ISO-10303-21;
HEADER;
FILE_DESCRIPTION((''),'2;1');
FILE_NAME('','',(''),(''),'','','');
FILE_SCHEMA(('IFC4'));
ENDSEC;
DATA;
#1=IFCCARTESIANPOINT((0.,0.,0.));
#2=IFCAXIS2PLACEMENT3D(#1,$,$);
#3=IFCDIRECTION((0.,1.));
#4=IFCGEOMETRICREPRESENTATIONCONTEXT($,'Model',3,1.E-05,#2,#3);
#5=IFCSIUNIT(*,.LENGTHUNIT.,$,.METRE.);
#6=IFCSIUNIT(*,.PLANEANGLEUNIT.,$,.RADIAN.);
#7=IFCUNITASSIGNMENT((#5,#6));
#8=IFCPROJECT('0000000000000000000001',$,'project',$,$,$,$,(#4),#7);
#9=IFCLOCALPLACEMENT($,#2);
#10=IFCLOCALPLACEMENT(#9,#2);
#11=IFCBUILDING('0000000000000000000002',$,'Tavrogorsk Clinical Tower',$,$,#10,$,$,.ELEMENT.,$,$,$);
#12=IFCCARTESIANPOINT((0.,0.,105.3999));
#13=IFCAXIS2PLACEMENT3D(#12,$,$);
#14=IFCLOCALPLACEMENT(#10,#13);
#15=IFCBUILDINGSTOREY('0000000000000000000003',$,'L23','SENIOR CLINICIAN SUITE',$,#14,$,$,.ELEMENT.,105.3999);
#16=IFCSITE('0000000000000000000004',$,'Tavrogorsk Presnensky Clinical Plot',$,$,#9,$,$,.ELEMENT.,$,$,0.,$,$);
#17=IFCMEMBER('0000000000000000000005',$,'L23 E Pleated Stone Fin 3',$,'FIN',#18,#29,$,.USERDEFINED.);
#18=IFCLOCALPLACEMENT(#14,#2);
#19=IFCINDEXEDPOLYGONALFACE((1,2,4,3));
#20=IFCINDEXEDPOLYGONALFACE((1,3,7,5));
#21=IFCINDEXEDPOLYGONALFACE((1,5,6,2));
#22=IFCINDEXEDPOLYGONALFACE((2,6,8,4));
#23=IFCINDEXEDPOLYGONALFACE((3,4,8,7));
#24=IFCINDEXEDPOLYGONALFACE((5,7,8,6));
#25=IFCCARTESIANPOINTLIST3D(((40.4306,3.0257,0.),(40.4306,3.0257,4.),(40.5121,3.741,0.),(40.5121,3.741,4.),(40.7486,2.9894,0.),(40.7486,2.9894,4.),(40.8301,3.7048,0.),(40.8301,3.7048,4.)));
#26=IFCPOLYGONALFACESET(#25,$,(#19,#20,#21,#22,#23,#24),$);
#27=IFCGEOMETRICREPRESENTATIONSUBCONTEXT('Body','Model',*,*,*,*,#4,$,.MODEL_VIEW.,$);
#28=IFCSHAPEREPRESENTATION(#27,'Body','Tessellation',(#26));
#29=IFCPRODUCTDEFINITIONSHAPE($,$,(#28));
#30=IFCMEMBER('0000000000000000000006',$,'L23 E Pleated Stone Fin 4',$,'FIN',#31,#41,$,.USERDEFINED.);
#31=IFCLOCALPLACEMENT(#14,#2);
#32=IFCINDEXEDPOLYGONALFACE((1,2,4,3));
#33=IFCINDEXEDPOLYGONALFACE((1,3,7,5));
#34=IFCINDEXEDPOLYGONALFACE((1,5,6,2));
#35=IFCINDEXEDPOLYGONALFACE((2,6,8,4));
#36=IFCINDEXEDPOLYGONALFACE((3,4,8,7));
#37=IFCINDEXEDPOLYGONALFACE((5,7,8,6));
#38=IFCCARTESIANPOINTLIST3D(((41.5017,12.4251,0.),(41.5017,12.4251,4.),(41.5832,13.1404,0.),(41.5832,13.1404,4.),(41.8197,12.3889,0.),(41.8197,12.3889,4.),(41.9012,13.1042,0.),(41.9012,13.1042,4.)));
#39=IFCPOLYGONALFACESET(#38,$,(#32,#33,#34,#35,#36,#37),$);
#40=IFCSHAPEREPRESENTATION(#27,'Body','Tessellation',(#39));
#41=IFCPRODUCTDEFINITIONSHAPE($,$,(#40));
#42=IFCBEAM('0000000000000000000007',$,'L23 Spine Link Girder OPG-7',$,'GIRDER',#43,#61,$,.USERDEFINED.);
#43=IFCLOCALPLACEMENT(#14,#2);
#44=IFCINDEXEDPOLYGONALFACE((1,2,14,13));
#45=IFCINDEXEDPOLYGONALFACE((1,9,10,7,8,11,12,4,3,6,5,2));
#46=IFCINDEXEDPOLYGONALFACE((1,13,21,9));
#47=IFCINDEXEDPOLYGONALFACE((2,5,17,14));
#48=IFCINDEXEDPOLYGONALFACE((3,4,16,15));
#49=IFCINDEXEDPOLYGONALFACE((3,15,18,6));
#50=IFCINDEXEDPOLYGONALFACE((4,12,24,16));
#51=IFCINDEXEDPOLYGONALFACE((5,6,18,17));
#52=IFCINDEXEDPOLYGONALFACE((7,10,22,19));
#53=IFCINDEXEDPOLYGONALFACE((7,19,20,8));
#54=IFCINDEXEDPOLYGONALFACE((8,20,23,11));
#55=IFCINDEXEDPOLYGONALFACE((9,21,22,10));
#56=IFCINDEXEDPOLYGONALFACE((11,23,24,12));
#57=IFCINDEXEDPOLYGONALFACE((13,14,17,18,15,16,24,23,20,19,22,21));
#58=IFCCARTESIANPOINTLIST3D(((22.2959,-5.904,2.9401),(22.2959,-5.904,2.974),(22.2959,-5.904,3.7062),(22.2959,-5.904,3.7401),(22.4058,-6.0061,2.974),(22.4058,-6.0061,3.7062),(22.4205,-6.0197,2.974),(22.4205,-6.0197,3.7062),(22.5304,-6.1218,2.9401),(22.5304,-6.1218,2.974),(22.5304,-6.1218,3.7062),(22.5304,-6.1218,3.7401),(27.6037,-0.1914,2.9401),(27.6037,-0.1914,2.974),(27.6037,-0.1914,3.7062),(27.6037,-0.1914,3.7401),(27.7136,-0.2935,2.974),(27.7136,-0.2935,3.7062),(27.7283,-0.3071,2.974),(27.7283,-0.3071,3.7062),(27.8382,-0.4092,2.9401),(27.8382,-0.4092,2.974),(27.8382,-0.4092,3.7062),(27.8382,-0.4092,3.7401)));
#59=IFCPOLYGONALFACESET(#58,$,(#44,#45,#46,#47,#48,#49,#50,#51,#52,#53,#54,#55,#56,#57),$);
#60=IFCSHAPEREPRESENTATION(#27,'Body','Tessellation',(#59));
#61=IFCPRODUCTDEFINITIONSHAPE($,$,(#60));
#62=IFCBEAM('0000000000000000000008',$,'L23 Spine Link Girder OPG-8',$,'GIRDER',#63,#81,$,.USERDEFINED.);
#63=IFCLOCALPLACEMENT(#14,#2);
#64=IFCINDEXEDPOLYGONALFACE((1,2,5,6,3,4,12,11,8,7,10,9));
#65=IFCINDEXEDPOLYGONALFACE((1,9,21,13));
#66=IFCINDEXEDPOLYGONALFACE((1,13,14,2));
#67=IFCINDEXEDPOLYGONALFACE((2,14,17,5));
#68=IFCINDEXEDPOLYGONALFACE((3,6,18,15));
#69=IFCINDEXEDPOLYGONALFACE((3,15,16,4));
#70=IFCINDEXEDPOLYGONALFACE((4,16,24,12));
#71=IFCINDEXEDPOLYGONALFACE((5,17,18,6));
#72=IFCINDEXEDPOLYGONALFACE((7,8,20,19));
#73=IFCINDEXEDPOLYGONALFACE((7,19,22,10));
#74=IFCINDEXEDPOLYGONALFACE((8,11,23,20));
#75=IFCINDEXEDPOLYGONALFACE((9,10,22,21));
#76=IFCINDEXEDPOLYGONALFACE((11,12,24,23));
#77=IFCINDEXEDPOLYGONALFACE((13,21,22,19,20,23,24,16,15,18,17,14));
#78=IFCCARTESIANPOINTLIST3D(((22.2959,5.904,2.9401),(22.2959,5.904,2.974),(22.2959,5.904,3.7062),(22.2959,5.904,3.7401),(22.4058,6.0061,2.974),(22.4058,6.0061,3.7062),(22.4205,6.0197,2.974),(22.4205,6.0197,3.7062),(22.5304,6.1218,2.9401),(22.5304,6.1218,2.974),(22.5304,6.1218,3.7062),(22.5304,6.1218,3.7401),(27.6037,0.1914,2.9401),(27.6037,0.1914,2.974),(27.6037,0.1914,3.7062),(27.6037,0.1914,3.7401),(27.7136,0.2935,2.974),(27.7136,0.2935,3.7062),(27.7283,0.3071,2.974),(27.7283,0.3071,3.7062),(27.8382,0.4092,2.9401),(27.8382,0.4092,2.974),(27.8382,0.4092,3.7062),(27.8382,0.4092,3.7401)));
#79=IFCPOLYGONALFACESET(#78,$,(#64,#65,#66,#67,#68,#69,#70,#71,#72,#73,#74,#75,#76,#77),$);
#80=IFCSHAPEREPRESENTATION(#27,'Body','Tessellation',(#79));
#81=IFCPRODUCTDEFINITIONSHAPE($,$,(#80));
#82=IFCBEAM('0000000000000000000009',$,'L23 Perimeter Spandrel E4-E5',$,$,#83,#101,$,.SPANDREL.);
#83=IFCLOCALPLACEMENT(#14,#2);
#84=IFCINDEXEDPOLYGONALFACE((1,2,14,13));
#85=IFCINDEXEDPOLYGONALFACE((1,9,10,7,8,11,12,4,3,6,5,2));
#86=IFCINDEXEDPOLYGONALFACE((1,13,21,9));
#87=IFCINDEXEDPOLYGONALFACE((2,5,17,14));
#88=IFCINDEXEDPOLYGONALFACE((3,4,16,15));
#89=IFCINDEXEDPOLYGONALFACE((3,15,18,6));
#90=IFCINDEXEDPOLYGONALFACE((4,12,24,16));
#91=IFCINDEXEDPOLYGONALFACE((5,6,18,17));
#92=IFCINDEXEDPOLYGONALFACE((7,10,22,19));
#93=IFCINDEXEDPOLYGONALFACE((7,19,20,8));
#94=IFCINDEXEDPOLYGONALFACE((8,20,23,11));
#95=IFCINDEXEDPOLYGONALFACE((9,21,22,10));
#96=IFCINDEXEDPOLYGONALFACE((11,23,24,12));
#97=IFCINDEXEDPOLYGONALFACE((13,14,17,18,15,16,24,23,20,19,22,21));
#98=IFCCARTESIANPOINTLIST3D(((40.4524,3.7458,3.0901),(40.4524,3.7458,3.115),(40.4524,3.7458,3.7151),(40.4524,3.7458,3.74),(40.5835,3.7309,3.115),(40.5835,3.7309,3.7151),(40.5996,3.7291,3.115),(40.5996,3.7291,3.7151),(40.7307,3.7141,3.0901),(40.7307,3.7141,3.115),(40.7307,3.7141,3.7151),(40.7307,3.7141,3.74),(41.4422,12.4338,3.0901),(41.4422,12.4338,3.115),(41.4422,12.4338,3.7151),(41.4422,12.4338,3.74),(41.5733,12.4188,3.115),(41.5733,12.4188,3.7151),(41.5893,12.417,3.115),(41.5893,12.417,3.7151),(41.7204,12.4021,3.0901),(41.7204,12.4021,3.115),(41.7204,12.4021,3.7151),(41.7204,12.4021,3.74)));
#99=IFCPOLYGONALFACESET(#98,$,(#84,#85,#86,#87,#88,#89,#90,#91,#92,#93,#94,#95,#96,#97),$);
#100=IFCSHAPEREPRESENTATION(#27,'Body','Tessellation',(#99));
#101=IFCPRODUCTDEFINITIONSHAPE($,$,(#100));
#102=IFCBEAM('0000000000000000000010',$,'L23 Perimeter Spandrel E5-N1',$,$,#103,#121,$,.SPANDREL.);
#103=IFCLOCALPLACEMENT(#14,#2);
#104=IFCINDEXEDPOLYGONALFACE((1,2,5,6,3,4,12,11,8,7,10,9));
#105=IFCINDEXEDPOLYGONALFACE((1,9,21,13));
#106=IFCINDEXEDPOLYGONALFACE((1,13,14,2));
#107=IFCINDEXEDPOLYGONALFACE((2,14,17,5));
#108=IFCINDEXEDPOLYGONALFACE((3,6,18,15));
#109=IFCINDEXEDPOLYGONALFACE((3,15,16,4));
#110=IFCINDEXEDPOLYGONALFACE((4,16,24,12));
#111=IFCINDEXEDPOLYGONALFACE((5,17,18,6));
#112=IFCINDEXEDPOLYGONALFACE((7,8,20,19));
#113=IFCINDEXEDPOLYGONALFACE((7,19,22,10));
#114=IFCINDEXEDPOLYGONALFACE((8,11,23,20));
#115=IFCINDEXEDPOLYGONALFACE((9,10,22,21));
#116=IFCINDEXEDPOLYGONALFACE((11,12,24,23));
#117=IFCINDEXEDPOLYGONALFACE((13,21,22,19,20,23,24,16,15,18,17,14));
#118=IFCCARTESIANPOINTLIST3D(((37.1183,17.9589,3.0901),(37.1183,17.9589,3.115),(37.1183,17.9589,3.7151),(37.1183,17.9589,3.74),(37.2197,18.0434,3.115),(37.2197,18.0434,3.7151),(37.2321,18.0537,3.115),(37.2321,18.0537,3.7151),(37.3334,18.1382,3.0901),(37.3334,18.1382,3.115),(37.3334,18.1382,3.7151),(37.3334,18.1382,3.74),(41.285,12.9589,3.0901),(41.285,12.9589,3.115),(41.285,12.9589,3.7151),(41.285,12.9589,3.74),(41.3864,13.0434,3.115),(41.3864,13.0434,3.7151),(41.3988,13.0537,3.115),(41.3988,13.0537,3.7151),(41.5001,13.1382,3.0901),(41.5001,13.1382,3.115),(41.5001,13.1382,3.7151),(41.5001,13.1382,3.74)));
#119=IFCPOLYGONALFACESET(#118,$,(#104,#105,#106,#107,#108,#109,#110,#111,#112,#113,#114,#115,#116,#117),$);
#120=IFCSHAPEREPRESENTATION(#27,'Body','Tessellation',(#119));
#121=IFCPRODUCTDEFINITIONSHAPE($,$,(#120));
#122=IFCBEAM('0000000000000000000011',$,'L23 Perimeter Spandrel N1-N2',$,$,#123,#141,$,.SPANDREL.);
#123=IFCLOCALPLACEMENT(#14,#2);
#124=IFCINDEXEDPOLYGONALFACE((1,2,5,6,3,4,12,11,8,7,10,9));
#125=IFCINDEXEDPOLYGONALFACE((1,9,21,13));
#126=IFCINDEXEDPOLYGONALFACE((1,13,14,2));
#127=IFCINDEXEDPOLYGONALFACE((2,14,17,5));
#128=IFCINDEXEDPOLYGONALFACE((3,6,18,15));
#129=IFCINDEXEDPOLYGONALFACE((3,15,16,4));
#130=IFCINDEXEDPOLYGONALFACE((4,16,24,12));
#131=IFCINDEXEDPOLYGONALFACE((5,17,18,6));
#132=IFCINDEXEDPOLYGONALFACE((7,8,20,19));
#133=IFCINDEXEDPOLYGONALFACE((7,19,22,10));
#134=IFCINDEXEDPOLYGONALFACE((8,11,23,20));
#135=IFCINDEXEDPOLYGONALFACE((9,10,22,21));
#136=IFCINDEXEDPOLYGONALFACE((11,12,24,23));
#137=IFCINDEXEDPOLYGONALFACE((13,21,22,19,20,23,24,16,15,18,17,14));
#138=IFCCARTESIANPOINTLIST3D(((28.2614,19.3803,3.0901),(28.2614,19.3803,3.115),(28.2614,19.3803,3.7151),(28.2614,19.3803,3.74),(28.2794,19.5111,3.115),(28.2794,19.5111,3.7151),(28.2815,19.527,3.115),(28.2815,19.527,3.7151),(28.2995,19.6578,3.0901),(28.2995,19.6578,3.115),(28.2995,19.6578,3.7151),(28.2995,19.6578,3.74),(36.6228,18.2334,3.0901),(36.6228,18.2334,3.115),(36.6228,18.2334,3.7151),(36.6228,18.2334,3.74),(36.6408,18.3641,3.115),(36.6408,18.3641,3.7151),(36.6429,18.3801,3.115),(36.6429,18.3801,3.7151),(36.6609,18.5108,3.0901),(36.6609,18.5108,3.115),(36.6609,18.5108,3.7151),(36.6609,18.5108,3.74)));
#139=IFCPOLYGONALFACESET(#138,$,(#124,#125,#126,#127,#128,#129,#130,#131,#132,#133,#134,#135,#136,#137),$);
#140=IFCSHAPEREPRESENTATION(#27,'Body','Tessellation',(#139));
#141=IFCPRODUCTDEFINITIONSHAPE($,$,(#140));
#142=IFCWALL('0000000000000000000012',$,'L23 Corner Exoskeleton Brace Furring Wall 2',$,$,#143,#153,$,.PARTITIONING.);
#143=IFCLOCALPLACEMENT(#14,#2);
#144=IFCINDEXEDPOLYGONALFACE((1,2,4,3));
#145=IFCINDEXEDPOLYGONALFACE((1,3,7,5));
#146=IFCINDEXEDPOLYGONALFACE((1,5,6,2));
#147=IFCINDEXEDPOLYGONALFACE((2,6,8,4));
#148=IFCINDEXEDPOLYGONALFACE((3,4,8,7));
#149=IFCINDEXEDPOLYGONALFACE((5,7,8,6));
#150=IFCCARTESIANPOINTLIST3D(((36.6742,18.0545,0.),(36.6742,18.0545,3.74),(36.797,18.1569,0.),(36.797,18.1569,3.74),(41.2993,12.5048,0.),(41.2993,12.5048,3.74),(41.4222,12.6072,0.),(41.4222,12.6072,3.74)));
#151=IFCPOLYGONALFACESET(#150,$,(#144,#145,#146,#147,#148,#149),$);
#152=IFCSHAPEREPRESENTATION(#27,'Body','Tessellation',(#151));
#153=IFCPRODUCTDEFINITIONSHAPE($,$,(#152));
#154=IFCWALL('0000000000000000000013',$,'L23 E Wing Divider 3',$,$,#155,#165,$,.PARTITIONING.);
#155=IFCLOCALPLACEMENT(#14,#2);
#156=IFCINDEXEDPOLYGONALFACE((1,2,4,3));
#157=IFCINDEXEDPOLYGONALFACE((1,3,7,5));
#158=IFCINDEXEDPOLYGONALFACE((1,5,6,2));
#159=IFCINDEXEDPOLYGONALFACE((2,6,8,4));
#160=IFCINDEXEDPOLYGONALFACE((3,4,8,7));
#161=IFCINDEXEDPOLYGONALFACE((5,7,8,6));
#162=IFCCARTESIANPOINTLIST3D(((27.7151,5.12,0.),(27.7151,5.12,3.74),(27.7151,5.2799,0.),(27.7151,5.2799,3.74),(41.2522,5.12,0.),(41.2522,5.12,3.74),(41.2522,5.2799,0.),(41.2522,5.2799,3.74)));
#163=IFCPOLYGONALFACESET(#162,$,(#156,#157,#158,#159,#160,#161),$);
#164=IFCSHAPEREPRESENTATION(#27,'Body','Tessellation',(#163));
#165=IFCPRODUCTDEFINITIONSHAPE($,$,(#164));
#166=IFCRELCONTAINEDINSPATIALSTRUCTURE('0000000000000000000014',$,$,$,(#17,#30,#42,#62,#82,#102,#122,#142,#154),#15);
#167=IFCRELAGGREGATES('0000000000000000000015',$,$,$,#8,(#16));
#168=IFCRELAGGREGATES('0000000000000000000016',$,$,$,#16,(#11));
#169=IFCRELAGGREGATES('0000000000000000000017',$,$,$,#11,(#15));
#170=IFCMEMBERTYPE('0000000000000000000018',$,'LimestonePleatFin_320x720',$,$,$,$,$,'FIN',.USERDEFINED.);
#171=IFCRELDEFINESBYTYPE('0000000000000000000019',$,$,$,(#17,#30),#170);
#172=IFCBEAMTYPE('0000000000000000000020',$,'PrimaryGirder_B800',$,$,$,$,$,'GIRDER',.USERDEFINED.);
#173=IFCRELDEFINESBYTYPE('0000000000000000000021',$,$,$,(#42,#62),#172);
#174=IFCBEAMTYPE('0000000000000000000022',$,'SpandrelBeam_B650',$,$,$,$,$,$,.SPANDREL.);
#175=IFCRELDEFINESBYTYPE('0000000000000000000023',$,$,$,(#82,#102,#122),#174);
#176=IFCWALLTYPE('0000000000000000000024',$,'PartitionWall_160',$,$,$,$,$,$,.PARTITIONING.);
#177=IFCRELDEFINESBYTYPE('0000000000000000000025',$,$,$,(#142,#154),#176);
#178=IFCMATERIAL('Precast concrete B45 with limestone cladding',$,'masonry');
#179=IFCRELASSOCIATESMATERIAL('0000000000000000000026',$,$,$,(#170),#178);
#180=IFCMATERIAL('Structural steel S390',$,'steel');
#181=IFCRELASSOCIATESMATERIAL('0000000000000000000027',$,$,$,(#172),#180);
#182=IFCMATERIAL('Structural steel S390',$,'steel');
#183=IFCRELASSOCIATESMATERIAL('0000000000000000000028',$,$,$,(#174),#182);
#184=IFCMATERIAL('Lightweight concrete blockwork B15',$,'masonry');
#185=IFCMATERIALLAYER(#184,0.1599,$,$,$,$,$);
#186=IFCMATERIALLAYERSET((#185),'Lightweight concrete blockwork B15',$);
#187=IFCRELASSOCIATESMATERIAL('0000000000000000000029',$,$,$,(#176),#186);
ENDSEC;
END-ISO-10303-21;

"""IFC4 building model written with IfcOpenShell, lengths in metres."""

from ifc_helpers import new_model, si_unit, direction, frame, frame_2d, origin, origin_2d, place, context, subcontext, project, spatial, rectangle, i_section, extrude, material, layer, layer_set, material_profile, profile_set, type_object, element, save


model = new_model("IFC4")

# Units and contexts
model_context = context("Model", 3, precision=1e-05, world=origin(), true_north=direction((0.0, 1.0)))
body_context = subcontext(model_context, "Body", "Model", "MODEL_VIEW")
ifc_project = project(units=[si_unit("LENGTHUNIT", "METRE"), si_unit("PLANEANGLEUNIT", "RADIAN")], contexts=[model_context])

# Site, building, storey
site_placement = place(None, origin())
site = spatial("IfcSite", under=ifc_project, at=site_placement, Name="Tavrogorsk Presnensky Clinical Plot", CompositionType="ELEMENT", RefElevation=0.0)
building_placement = place(site_placement, origin())
building = spatial("IfcBuilding", under=site, at=building_placement, Name="Tavrogorsk Clinical Tower", CompositionType="ELEMENT")
storey_placement = place(building_placement, frame((0.0, 0.0, 105.3999)))
storey = spatial("IfcBuildingStorey", under=building, at=storey_placement, Name="L23", Description="SENIOR CLINICIAN SUITE", CompositionType="ELEMENT", Elevation=105.3999)

# Members
ifc_material_1 = material(Name="Precast concrete B45 with limestone cladding", Category="masonry")
ifc_material_profile_1 = material_profile(ifc_material_1, rectangle(XDim=0.3201, YDim=0.72, at=origin_2d()), Name="LIMESTONE-FIN-320x720")
ifc_profile_set_1 = profile_set([ifc_material_profile_1], Name="Precast concrete B45 with limestone cladding")
member_type_1 = type_object("IfcMemberType", Name="LimestonePleatFin_320x720", ElementType="FIN", PredefinedType="USERDEFINED", material=ifc_profile_set_1)
for number, where, z_axis, x_axis, name in (
    (1, (40.6304, 3.3652, 0.0), (0.0, 0.0, 1.0), (0.993572, -0.113203, 0.0), "L23 E Pleated Stone Fin 3"),
    (2, (41.7014, 12.7646, 0.0), (0.0, 0.0, 1.0), (0.993572, -0.113203, 0.0), "L23 E Pleated Stone Fin 4"),
):
    element("IfcMember", number, at=place(storey_placement, frame(where, z_axis=z_axis, x_axis=x_axis)), inside=storey, type_object=member_type_1, Name=name, ObjectType="FIN", PredefinedType="USERDEFINED", context=body_context, shape_type="SweptSolid", body=[
        extrude(rectangle(XDim=0.3201, YDim=0.72, at=origin_2d()), origin(), (0.0, 0.0, 1.0), 4.0),
    ])

# Beams
ifc_material_2 = material(Name="Structural steel S390", Category="steel")
ifc_material_profile_2 = material_profile(ifc_material_2, i_section(OverallWidth=0.3201, OverallDepth=0.8, WebThickness=0.02, FlangeThickness=0.0339, at=origin_2d()), Name="B-800x320x20x34")
ifc_profile_set_2 = profile_set([ifc_material_profile_2], Name="Structural steel S390")
beam_type_1 = type_object("IfcBeamType", Name="PrimaryGirder_B800", ElementType="GIRDER", PredefinedType="USERDEFINED", material=ifc_profile_set_2)
for number, where, z_axis, x_axis, name in (
    (3, (27.7209, -0.3003, 3.3401), (-0.680676, -0.732585, 0.0), (0.732585, -0.680676, 0.0), "L23 Spine Link Girder OPG-7"),
    (4, (27.7209, 0.3003, 3.3401), (-0.680676, 0.732585, 0.0), (-0.732585, -0.680676, 0.0), "L23 Spine Link Girder OPG-8"),
):
    element("IfcBeam", number, at=place(storey_placement, frame(where, z_axis=z_axis, x_axis=x_axis)), inside=storey, type_object=beam_type_1, Name=name, ObjectType="GIRDER", PredefinedType="USERDEFINED", context=body_context, shape_type="SweptSolid", body=[
        extrude(i_section(OverallWidth=0.3201, OverallDepth=0.8, WebThickness=0.02, FlangeThickness=0.0339, at=origin_2d()), origin(), (0.0, 0.0, 1.0), 7.7979),
    ])
ifc_material_3 = material(Name="Structural steel S390", Category="steel")
ifc_material_profile_3 = material_profile(ifc_material_3, i_section(OverallWidth=0.28, OverallDepth=0.6499, WebThickness=0.0161, FlangeThickness=0.0249, at=origin_2d()), Name="B-650x280x16x25")
ifc_profile_set_3 = profile_set([ifc_material_profile_3], Name="Structural steel S390")
beam_type_2 = type_object("IfcBeamType", Name="SpandrelBeam_B650", PredefinedType="SPANDREL", material=ifc_profile_set_3)
beam_1_placement = place(storey_placement, frame((40.5916, 3.73, 3.415), z_axis=(0.113189, 0.993573, 0.0), x_axis=(-0.993573, 0.113189, 0.0)))
element("IfcBeam", 5, at=beam_1_placement, inside=storey, type_object=beam_type_2, Name="L23 Perimeter Spandrel E4-E5", PredefinedType="SPANDREL", context=body_context, shape_type="SweptSolid", body=[
    extrude(i_section(OverallWidth=0.28, OverallDepth=0.6499, WebThickness=0.0161, FlangeThickness=0.0249, at=origin_2d()), origin(), (0.0, 0.0, 1.0), 8.7441),
])
beam_2_placement = place(storey_placement, frame((41.3926, 13.0486, 3.415), z_axis=(-0.640192, 0.768215, 0.0), x_axis=(-0.768215, -0.640192, 0.0)))
element("IfcBeam", 6, at=beam_2_placement, inside=storey, type_object=beam_type_2, Name="L23 Perimeter Spandrel E5-N1", PredefinedType="SPANDREL", context=body_context, shape_type="SweptSolid", body=[
    extrude(i_section(OverallWidth=0.28, OverallDepth=0.6499, WebThickness=0.0161, FlangeThickness=0.0249, at=origin_2d()), origin(), (0.0, 0.0, 1.0), 6.5085),
])
beam_3_placement = place(storey_placement, frame((36.6418, 18.3721, 3.415), z_axis=(-0.990722, 0.135903, 0.0), x_axis=(-0.135903, -0.990722, 0.0)))
element("IfcBeam", 7, at=beam_3_placement, inside=storey, type_object=beam_type_2, Name="L23 Perimeter Spandrel N1-N2", PredefinedType="SPANDREL", context=body_context, shape_type="SweptSolid", body=[
    extrude(i_section(OverallWidth=0.28, OverallDepth=0.6499, WebThickness=0.0161, FlangeThickness=0.0249, at=origin_2d()), origin(), (0.0, 0.0, 1.0), 8.4397),
])

# Walls
ifc_material_4 = material(Name="Lightweight concrete blockwork B15", Category="masonry")
ifc_layer_1 = layer(ifc_material_4, 0.1599)
ifc_layer_set_1 = layer_set([ifc_layer_1], Name="Lightweight concrete blockwork B15")
wall_type_1 = type_object("IfcWallType", Name="PartitionWall_160", PredefinedType="PARTITIONING", material=ifc_layer_set_1)
wall_1_placement = place(storey_placement, frame((41.3608, 12.5559, 0.0), z_axis=(0.0, 0.0, 1.0), x_axis=(-0.640218, 0.768194, 0.0)))
element("IfcWall", 8, at=wall_1_placement, inside=storey, type_object=wall_type_1, Name="L23 Corner Exoskeleton Brace Furring Wall 2", PredefinedType="PARTITIONING", context=body_context, shape_type="SweptSolid", body=[
    extrude(rectangle(XDim=7.2244, YDim=0.1599, at=frame_2d((3.6123, 0.0))), origin(), (0.0, 0.0, 1.0), 3.74),
])
wall_2_placement = place(storey_placement, frame((27.7151, 5.2, 0.0), z_axis=(0.0, 0.0, 1.0), x_axis=(1.0, 0.0, 0.0)))
element("IfcWall", 9, at=wall_2_placement, inside=storey, type_object=wall_type_1, Name="L23 E Wing Divider 3", PredefinedType="PARTITIONING", context=body_context, shape_type="SweptSolid", body=[
    extrude(rectangle(XDim=13.5371, YDim=0.1599, at=frame_2d((6.7686, 0.0))), origin(), (0.0, 0.0, 1.0), 3.74),
])

save(model, "model.ifc")
